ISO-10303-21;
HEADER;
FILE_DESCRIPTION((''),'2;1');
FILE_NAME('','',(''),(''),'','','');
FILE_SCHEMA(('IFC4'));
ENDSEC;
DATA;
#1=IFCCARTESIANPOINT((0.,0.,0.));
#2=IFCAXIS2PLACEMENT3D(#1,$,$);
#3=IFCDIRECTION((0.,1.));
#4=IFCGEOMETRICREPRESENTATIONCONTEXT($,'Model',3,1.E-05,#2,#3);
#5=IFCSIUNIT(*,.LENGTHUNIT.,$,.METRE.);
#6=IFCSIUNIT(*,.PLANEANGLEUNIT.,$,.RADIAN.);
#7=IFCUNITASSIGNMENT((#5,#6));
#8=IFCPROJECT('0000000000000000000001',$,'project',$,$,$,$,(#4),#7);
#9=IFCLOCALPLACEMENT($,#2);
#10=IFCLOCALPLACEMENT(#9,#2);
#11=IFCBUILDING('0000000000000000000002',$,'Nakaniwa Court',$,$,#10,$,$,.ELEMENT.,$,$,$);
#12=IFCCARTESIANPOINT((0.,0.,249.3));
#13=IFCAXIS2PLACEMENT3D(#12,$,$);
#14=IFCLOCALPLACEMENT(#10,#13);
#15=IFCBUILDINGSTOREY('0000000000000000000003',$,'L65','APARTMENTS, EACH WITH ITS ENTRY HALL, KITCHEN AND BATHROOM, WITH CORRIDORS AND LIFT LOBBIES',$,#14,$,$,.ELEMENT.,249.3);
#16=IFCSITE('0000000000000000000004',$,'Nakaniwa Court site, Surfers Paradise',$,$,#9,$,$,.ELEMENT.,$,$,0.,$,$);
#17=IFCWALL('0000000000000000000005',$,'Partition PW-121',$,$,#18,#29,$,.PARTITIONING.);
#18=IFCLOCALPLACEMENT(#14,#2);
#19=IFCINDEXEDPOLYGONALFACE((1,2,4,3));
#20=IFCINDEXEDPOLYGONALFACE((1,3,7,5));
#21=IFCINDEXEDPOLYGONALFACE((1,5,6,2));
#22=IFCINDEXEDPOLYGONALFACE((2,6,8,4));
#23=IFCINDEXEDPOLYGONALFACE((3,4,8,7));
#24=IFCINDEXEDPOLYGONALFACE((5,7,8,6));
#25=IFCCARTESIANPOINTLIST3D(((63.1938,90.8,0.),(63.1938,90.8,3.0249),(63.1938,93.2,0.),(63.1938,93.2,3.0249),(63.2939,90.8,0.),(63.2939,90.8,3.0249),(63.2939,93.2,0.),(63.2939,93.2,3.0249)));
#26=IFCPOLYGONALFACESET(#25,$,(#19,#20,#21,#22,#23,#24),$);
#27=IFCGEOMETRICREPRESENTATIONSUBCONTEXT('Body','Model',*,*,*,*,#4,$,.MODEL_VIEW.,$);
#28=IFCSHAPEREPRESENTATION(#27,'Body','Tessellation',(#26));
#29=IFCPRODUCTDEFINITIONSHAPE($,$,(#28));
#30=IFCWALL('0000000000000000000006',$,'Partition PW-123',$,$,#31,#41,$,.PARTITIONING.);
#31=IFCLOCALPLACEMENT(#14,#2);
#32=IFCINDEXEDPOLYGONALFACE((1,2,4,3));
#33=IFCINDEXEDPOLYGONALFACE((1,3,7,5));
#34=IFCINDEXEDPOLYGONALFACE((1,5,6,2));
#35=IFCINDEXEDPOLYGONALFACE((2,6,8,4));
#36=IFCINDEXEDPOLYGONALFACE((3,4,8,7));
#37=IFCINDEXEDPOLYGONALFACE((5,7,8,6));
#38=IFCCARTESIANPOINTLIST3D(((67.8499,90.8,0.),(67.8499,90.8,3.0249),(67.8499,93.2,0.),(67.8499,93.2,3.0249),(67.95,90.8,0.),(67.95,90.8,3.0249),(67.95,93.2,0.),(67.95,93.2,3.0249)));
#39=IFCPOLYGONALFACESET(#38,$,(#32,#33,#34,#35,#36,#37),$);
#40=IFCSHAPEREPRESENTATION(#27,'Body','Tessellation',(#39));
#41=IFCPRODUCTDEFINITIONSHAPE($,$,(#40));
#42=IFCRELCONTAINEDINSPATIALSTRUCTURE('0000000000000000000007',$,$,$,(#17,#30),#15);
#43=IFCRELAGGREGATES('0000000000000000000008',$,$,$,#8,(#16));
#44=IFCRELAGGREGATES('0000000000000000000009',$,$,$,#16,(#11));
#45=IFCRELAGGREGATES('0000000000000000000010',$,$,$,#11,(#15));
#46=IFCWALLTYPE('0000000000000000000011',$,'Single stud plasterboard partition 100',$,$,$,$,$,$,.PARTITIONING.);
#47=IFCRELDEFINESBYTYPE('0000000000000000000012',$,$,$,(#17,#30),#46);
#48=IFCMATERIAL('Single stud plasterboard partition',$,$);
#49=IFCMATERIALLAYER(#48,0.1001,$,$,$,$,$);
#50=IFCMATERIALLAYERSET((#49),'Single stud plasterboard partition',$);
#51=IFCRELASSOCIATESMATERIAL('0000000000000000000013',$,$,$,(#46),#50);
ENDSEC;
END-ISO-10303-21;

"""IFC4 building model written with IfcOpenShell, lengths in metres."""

from ifc_helpers import new_model, si_unit, direction, frame, frame_2d, origin, place, context, subcontext, project, spatial, rectangle, extrude, material, layer, layer_set, type_object, element, save


model = new_model("IFC4")

# Units and contexts
model_context = context("Model", 3, precision=1e-05, world=origin(), true_north=direction((0.0, 1.0)))
body_context = subcontext(model_context, "Body", "Model", "MODEL_VIEW")
ifc_project = project(units=[si_unit("LENGTHUNIT", "METRE"), si_unit("PLANEANGLEUNIT", "RADIAN")], contexts=[model_context])

# Site, building, storey
site_placement = place(None, origin())
site = spatial("IfcSite", under=ifc_project, at=site_placement, Name="Nakaniwa Court site, Surfers Paradise", CompositionType="ELEMENT", RefElevation=0.0)
building_placement = place(site_placement, origin())
building = spatial("IfcBuilding", under=site, at=building_placement, Name="Nakaniwa Court", CompositionType="ELEMENT")
storey_placement = place(building_placement, frame((0.0, 0.0, 249.3)))
storey = spatial("IfcBuildingStorey", under=building, at=storey_placement, Name="L65", Description="APARTMENTS, EACH WITH ITS ENTRY HALL, KITCHEN AND BATHROOM, WITH CORRIDORS AND LIFT LOBBIES", CompositionType="ELEMENT", Elevation=249.3)

# Walls
ifc_material_1 = material(Name="Single stud plasterboard partition")
ifc_layer_1 = layer(ifc_material_1, 0.1001)
ifc_layer_set_1 = layer_set([ifc_layer_1], Name="Single stud plasterboard partition")
wall_type_1 = type_object("IfcWallType", Name="Single stud plasterboard partition 100", PredefinedType="PARTITIONING", material=ifc_layer_set_1)
for number, where, z_axis, x_axis, name in (
    (1, (63.2439, 90.8, 0.0), (0.0, 0.0, 1.0), (0.0, 1.0, 0.0), "Partition PW-121"),
    (2, (67.8999, 90.8, 0.0), (0.0, 0.0, 1.0), (0.0, 1.0, 0.0), "Partition PW-123"),
):
    element("IfcWall", number, at=place(storey_placement, frame(where, z_axis=z_axis, x_axis=x_axis)), inside=storey, type_object=wall_type_1, Name=name, PredefinedType="PARTITIONING", context=body_context, shape_type="SweptSolid", body=[
        extrude(rectangle(XDim=2.3999, YDim=0.1001, at=frame_2d((1.2, 0.0))), origin(), (0.0, 0.0, 1.0), 3.0249),
    ])

save(model, "model.ifc")
